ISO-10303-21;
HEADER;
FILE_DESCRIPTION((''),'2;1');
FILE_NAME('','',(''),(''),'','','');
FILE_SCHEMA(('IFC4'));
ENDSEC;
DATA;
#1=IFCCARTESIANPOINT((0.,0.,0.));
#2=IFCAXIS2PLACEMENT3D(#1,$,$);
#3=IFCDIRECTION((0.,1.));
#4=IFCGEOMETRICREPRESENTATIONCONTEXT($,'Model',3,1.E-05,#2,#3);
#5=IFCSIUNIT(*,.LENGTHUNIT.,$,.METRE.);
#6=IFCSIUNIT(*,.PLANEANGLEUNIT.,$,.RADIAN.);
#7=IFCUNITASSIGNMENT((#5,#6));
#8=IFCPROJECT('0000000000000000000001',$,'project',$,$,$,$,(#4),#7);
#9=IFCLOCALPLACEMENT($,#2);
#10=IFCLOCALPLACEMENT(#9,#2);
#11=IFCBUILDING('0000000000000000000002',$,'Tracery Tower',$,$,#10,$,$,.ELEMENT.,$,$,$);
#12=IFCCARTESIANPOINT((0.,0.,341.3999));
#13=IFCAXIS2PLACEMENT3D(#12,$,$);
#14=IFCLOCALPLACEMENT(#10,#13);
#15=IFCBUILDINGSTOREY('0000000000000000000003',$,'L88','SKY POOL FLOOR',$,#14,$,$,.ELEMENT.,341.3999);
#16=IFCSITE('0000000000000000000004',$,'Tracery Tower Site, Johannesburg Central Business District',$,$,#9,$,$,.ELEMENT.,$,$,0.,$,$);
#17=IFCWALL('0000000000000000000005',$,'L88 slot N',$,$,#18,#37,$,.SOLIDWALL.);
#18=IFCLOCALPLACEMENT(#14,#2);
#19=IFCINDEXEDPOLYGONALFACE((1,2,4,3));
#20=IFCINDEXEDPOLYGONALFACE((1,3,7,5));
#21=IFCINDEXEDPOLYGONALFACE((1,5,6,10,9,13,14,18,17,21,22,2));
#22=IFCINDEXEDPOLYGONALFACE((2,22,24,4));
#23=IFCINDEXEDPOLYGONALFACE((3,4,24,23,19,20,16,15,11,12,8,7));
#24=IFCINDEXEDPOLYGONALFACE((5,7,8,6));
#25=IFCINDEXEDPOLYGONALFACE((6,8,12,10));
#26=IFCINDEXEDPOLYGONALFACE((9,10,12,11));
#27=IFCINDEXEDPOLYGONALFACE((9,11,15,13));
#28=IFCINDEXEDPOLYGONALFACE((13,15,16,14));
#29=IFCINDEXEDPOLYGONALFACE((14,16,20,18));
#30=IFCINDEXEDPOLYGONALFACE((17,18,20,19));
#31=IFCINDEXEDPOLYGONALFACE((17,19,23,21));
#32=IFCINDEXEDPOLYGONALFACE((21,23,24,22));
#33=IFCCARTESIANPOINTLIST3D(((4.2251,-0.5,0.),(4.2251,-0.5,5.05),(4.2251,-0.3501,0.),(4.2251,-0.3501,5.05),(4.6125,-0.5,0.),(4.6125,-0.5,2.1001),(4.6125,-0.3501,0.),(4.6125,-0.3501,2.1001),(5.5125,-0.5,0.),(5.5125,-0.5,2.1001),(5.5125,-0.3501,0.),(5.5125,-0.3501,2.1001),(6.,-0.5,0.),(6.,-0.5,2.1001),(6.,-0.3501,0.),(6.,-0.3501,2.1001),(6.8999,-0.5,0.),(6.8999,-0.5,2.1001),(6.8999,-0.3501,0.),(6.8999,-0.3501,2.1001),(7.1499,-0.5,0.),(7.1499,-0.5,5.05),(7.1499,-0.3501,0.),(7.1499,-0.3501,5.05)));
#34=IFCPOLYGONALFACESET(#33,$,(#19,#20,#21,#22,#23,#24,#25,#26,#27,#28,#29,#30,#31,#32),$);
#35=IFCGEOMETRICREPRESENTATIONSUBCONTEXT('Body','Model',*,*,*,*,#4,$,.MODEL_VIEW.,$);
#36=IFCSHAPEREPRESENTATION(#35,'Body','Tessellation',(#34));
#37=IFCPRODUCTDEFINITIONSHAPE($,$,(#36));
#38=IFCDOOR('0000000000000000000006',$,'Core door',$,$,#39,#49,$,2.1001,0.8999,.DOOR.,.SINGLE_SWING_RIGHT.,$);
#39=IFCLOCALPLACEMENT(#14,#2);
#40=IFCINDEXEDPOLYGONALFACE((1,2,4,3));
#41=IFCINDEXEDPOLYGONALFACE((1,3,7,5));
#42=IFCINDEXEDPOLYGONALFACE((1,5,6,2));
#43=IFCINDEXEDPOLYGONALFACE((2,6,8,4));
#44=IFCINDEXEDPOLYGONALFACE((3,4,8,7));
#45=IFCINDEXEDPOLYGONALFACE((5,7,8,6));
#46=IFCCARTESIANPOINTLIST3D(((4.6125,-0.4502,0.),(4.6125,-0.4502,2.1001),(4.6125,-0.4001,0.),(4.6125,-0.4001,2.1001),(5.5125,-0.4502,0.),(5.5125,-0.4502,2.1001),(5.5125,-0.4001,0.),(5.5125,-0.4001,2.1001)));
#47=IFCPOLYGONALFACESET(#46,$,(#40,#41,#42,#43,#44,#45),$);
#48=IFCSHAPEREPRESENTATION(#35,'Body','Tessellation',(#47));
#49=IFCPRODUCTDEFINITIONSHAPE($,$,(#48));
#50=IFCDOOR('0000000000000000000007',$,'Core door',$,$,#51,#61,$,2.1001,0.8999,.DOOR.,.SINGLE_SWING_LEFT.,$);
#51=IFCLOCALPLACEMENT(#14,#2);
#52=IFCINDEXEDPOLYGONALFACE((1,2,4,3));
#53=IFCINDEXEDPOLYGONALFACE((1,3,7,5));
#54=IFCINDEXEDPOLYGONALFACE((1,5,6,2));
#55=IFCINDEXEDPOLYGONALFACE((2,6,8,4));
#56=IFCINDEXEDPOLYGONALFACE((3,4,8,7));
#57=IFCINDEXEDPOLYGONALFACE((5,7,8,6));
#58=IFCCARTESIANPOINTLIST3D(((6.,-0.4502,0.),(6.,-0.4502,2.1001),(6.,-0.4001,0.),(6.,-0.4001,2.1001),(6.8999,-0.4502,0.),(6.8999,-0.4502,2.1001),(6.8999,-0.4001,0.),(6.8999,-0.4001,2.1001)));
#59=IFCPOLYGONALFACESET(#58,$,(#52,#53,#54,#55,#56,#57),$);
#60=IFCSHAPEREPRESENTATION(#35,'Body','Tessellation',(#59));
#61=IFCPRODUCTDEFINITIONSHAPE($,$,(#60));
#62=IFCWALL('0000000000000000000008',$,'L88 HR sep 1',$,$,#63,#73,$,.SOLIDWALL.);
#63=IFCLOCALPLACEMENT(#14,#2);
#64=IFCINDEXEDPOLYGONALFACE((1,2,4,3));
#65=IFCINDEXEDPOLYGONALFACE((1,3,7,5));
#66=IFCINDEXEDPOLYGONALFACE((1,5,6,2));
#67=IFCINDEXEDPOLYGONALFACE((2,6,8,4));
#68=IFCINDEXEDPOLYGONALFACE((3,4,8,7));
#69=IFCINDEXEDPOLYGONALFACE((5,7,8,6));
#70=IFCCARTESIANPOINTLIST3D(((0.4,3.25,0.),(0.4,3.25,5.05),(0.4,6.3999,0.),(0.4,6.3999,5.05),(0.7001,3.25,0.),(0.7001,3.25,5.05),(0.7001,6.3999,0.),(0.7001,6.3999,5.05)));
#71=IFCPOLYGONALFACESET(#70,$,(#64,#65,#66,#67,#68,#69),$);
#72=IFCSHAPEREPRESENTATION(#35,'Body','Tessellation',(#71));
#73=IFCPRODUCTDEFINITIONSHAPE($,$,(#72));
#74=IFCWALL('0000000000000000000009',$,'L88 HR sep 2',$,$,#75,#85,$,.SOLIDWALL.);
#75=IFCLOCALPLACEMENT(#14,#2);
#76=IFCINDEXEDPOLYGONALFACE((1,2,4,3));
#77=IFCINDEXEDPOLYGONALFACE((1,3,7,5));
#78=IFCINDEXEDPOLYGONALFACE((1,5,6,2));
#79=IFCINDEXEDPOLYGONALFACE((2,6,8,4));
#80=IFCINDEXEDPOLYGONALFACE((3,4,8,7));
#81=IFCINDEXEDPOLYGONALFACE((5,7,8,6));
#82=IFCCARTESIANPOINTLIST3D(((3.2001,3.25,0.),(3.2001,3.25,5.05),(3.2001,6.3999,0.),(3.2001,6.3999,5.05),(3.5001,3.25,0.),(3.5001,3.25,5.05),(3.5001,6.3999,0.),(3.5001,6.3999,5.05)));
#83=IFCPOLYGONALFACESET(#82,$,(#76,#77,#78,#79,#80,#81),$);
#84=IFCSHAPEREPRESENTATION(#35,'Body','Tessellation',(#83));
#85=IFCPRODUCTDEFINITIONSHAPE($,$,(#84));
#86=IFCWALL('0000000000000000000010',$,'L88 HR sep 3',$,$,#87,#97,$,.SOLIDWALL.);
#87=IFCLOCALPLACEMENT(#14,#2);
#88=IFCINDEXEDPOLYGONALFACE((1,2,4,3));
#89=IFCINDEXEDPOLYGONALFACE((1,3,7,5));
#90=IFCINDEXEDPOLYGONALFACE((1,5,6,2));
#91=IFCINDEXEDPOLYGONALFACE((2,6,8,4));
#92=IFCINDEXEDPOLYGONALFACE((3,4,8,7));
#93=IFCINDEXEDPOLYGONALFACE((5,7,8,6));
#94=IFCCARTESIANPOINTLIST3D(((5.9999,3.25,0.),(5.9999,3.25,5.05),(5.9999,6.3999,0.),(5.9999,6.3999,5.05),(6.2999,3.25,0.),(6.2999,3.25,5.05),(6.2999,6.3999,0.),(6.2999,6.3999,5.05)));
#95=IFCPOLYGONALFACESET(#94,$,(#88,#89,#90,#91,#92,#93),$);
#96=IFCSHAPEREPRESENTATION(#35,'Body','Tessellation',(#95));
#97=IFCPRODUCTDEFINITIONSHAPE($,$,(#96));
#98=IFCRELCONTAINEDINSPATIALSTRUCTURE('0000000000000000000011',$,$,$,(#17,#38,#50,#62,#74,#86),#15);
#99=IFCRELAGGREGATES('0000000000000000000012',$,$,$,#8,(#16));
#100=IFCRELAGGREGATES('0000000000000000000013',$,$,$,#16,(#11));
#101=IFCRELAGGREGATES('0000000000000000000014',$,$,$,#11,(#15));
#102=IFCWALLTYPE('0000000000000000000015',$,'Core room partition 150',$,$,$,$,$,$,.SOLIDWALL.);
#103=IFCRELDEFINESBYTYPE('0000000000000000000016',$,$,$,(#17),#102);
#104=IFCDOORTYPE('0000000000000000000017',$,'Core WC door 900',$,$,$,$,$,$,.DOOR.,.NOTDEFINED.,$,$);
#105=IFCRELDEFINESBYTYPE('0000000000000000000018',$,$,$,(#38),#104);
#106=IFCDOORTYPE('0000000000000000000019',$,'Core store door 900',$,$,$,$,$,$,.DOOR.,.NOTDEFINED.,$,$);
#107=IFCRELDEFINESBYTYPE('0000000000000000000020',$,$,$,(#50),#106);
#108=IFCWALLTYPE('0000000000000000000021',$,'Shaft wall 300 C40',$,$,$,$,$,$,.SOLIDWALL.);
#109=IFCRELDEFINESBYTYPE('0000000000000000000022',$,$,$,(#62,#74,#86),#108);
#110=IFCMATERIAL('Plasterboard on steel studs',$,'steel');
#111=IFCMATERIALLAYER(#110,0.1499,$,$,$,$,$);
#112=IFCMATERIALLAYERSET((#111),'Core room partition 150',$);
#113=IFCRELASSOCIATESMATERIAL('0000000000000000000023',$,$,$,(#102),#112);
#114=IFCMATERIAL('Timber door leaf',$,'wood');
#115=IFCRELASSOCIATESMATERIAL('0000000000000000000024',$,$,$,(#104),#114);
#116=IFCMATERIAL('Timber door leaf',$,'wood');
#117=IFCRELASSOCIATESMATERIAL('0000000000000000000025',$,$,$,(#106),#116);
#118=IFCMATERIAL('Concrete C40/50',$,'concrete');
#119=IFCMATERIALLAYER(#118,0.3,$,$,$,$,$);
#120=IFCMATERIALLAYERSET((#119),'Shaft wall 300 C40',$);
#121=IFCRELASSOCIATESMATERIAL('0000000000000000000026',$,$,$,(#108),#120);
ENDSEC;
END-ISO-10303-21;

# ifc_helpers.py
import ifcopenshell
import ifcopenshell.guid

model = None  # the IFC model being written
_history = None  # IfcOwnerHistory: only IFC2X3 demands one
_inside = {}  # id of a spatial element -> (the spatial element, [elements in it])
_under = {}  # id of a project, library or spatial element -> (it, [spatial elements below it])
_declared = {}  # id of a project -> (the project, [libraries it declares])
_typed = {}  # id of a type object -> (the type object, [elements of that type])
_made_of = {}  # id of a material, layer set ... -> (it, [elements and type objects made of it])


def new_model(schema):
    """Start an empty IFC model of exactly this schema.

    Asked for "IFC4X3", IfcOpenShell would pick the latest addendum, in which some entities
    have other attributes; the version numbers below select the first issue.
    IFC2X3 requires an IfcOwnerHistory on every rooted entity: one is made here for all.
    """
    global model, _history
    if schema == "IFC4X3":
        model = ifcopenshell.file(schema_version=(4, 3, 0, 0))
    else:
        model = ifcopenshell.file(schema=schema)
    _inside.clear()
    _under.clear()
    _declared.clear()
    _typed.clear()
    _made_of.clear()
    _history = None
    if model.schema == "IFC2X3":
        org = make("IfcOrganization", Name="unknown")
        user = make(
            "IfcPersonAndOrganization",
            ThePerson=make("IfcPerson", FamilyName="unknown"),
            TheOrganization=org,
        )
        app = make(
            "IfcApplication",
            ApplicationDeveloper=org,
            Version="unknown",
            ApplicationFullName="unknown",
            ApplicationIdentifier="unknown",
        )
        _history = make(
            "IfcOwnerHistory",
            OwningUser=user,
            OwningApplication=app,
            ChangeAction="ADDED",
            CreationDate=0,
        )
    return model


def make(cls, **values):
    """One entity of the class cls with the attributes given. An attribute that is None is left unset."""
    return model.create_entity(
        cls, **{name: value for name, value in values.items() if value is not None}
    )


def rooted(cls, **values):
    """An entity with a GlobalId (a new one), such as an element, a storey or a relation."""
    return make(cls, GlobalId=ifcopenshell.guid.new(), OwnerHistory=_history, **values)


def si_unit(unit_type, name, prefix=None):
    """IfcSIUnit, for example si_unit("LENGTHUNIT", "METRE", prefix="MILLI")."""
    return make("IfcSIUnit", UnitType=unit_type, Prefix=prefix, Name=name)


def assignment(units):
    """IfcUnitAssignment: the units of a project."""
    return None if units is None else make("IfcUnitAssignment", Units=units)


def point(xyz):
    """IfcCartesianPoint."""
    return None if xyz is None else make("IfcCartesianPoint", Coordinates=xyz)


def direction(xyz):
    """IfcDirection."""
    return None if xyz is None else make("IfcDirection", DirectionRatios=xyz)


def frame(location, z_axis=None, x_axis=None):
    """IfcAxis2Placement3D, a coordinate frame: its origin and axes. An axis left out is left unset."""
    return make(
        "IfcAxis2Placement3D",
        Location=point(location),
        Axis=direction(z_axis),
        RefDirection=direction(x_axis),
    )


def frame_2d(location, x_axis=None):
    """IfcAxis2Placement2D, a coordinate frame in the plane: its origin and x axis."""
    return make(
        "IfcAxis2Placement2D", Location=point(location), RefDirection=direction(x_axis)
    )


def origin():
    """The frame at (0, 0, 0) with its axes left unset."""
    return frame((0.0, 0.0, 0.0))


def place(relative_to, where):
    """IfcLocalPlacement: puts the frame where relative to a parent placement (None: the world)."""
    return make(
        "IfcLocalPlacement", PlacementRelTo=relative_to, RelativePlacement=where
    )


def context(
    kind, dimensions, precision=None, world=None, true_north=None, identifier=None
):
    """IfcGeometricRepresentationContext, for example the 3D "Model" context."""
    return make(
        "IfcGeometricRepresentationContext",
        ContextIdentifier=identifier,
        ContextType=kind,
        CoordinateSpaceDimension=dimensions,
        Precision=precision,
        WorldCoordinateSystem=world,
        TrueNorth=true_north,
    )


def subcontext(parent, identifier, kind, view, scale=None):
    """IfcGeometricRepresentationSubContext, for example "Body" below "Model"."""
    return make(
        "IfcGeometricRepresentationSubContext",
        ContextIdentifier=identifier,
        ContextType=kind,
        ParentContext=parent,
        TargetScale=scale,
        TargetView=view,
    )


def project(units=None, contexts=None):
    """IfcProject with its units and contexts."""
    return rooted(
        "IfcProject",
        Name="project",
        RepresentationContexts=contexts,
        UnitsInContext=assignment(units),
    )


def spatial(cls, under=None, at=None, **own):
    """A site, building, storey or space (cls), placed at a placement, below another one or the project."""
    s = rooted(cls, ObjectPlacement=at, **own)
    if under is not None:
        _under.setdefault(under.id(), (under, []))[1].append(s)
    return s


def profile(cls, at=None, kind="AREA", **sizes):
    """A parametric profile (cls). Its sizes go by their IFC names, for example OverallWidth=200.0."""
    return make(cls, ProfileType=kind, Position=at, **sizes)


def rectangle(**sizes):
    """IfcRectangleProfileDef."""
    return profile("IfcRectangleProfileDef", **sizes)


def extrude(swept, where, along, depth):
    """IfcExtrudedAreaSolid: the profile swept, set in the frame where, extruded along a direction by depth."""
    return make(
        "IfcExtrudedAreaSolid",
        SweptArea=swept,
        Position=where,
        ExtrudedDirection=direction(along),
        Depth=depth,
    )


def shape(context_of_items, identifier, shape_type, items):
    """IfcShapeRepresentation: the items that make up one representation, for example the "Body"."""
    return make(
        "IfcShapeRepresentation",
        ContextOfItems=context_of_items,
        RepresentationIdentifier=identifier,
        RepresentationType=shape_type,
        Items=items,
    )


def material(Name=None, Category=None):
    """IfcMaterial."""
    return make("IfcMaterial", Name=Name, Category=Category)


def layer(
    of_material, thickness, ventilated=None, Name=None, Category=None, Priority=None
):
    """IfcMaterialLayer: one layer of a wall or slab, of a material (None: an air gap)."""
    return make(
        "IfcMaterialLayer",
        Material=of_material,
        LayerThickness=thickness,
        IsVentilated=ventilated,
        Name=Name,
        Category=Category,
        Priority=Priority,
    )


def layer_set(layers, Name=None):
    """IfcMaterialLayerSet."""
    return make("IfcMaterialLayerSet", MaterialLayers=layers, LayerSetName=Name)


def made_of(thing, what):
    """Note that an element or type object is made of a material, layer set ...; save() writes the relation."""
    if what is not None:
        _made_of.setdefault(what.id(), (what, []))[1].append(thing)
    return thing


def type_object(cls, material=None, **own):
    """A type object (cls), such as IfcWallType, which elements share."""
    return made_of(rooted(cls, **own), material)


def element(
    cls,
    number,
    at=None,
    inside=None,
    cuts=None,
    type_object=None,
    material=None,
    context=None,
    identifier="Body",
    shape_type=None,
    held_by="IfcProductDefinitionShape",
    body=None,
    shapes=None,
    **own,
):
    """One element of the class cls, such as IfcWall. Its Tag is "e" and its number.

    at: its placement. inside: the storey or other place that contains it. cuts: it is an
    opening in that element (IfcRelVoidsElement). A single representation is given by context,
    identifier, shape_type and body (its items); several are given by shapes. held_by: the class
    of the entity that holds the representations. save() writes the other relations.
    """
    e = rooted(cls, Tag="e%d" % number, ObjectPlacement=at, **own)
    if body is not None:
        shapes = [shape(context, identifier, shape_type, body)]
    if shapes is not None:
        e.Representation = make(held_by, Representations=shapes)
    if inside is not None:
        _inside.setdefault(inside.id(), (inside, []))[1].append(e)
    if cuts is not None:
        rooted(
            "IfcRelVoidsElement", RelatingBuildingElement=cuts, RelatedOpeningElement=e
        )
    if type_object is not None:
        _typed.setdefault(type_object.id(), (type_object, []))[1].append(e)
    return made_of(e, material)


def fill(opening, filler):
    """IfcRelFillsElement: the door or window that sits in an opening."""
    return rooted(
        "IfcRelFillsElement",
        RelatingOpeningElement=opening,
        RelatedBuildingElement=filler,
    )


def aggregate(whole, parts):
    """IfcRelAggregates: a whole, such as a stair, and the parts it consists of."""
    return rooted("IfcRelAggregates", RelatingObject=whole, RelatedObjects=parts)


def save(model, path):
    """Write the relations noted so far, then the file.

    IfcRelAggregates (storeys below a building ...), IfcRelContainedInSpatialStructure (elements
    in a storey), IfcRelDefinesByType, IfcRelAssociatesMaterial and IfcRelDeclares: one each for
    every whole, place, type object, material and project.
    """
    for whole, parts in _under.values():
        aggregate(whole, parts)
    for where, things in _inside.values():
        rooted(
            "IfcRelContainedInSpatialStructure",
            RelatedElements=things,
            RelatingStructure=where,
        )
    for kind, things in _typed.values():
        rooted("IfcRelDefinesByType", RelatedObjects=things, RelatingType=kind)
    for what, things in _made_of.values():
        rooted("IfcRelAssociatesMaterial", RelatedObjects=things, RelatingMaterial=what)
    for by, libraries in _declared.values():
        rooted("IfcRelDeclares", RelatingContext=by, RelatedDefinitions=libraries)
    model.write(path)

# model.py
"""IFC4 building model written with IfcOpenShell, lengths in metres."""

from ifc_helpers import new_model, si_unit, direction, frame, frame_2d, origin, place, context, subcontext, project, spatial, rectangle, extrude, material, layer, layer_set, type_object, element, fill, save


model = new_model("IFC4")

# Units and contexts
model_context = context("Model", 3, precision=1e-05, world=origin(), true_north=direction((0.0, 1.0)))
body_context = subcontext(model_context, "Body", "Model", "MODEL_VIEW")
ifc_project = project(units=[si_unit("LENGTHUNIT", "METRE"), si_unit("PLANEANGLEUNIT", "RADIAN")], contexts=[model_context])

# Site, building, storey
site_placement = place(None, origin())
site = spatial("IfcSite", under=ifc_project, at=site_placement, Name="Tracery Tower Site, Johannesburg Central Business District", CompositionType="ELEMENT", RefElevation=0.0)
building_placement = place(site_placement, origin())
building = spatial("IfcBuilding", under=site, at=building_placement, Name="Tracery Tower", CompositionType="ELEMENT")
storey_placement = place(building_placement, frame((0.0, 0.0, 341.3999)))
storey = spatial("IfcBuildingStorey", under=building, at=storey_placement, Name="L88", Description="SKY POOL FLOOR", CompositionType="ELEMENT", Elevation=341.3999)

# Wall, openings, doors
ifc_material_1 = material(Name="Plasterboard on steel studs", Category="steel")
ifc_layer_1 = layer(ifc_material_1, 0.1499)
ifc_layer_set_1 = layer_set([ifc_layer_1], Name="Core room partition 150")
wall_type_1 = type_object("IfcWallType", Name="Core room partition 150", PredefinedType="SOLIDWALL", material=ifc_layer_set_1)
wall_1_placement = place(storey_placement, frame((4.2251, -0.425, 0.0), z_axis=(0.0, 0.0, 1.0), x_axis=(1.0, 0.0, 0.0)))
wall_1 = element("IfcWall", 1, at=wall_1_placement, inside=storey, type_object=wall_type_1, Name="L88 slot N", PredefinedType="SOLIDWALL", context=body_context, shape_type="SweptSolid", body=[
    extrude(rectangle(XDim=2.9248, YDim=0.1499, at=frame_2d((1.4624, 0.0))), origin(), (0.0, 0.0, 1.0), 5.05),
])
opening_1_placement = place(wall_1_placement, frame((0.3875, 0.0, 0.0)))
opening_1 = element("IfcOpeningElement", 2, at=opening_1_placement, cuts=wall_1, PredefinedType="OPENING", context=body_context, shape_type="SweptSolid", body=[
    extrude(rectangle(XDim=0.8999, YDim=2.1001, at=frame_2d((0.45, 1.05))), frame((0.0, 0.075, 0.0), z_axis=(0.0, -1.0, 0.0), x_axis=(1.0, 0.0, 0.0)), (0.0, 0.0, 1.0), 0.1499),
])
opening_2_placement = place(wall_1_placement, frame((1.7749, 0.0, 0.0)))
opening_2 = element("IfcOpeningElement", 3, at=opening_2_placement, cuts=wall_1, PredefinedType="OPENING", context=body_context, shape_type="SweptSolid", body=[
    extrude(rectangle(XDim=0.8999, YDim=2.1001, at=frame_2d((0.45, 1.05))), frame((0.0, 0.075, 0.0), z_axis=(0.0, -1.0, 0.0), x_axis=(1.0, 0.0, 0.0)), (0.0, 0.0, 1.0), 0.1499),
])
ifc_material_2 = material(Name="Timber door leaf", Category="wood")
door_type_1 = type_object("IfcDoorType", Name="Core WC door 900", OperationType="NOTDEFINED", PredefinedType="DOOR", material=ifc_material_2)
door_1_placement = place(opening_1_placement, origin())
door_1 = element("IfcDoor", 4, at=door_1_placement, inside=storey, type_object=door_type_1, Name="Core door", OperationType="SINGLE_SWING_RIGHT", OverallHeight=2.1001, OverallWidth=0.8999, PredefinedType="DOOR", context=body_context, shape_type="SweptSolid", body=[
    extrude(rectangle(XDim=0.8999, YDim=2.1001, at=frame_2d((0.45, 1.05))), frame((0.0, 0.0249, 0.0), z_axis=(0.0, -1.0, 0.0), x_axis=(1.0, 0.0, 0.0)), (0.0, 0.0, 1.0), 0.05),
])
fill(opening_1, door_1)
ifc_material_3 = material(Name="Timber door leaf", Category="wood")
door_type_2 = type_object("IfcDoorType", Name="Core store door 900", OperationType="NOTDEFINED", PredefinedType="DOOR", material=ifc_material_3)
door_2_placement = place(opening_2_placement, origin())
door_2 = element("IfcDoor", 5, at=door_2_placement, inside=storey, type_object=door_type_2, Name="Core door", OperationType="SINGLE_SWING_LEFT", OverallHeight=2.1001, OverallWidth=0.8999, PredefinedType="DOOR", context=body_context, shape_type="SweptSolid", body=[
    extrude(rectangle(XDim=0.8999, YDim=2.1001, at=frame_2d((0.45, 1.05))), frame((0.0, 0.0249, 0.0), z_axis=(0.0, -1.0, 0.0), x_axis=(1.0, 0.0, 0.0)), (0.0, 0.0, 1.0), 0.05),
])
fill(opening_2, door_2)

# Walls
ifc_material_4 = material(Name="Concrete C40/50", Category="concrete")
ifc_layer_2 = layer(ifc_material_4, 0.3)
ifc_layer_set_2 = layer_set([ifc_layer_2], Name="Shaft wall 300 C40")
wall_type_2 = type_object("IfcWallType", Name="Shaft wall 300 C40", PredefinedType="SOLIDWALL", material=ifc_layer_set_2)
for number, where, z_axis, x_axis, name in (
    (6, (0.55, 3.25, 0.0), (0.0, 0.0, 1.0), (0.0, 1.0, 0.0), "L88 HR sep 1"),
    (7, (3.3501, 3.25, 0.0), (0.0, 0.0, 1.0), (0.0, 1.0, 0.0), "L88 HR sep 2"),
    (8, (6.1499, 3.25, 0.0), (0.0, 0.0, 1.0), (0.0, 1.0, 0.0), "L88 HR sep 3"),
):
    element("IfcWall", number, at=place(storey_placement, frame(where, z_axis=z_axis, x_axis=x_axis)), inside=storey, type_object=wall_type_2, Name=name, PredefinedType="SOLIDWALL", context=body_context, shape_type="SweptSolid", body=[
        extrude(rectangle(XDim=3.1499, YDim=0.3, at=frame_2d((1.575, 0.0))), origin(), (0.0, 0.0, 1.0), 5.05),
    ])

save(model, "model.ifc")
